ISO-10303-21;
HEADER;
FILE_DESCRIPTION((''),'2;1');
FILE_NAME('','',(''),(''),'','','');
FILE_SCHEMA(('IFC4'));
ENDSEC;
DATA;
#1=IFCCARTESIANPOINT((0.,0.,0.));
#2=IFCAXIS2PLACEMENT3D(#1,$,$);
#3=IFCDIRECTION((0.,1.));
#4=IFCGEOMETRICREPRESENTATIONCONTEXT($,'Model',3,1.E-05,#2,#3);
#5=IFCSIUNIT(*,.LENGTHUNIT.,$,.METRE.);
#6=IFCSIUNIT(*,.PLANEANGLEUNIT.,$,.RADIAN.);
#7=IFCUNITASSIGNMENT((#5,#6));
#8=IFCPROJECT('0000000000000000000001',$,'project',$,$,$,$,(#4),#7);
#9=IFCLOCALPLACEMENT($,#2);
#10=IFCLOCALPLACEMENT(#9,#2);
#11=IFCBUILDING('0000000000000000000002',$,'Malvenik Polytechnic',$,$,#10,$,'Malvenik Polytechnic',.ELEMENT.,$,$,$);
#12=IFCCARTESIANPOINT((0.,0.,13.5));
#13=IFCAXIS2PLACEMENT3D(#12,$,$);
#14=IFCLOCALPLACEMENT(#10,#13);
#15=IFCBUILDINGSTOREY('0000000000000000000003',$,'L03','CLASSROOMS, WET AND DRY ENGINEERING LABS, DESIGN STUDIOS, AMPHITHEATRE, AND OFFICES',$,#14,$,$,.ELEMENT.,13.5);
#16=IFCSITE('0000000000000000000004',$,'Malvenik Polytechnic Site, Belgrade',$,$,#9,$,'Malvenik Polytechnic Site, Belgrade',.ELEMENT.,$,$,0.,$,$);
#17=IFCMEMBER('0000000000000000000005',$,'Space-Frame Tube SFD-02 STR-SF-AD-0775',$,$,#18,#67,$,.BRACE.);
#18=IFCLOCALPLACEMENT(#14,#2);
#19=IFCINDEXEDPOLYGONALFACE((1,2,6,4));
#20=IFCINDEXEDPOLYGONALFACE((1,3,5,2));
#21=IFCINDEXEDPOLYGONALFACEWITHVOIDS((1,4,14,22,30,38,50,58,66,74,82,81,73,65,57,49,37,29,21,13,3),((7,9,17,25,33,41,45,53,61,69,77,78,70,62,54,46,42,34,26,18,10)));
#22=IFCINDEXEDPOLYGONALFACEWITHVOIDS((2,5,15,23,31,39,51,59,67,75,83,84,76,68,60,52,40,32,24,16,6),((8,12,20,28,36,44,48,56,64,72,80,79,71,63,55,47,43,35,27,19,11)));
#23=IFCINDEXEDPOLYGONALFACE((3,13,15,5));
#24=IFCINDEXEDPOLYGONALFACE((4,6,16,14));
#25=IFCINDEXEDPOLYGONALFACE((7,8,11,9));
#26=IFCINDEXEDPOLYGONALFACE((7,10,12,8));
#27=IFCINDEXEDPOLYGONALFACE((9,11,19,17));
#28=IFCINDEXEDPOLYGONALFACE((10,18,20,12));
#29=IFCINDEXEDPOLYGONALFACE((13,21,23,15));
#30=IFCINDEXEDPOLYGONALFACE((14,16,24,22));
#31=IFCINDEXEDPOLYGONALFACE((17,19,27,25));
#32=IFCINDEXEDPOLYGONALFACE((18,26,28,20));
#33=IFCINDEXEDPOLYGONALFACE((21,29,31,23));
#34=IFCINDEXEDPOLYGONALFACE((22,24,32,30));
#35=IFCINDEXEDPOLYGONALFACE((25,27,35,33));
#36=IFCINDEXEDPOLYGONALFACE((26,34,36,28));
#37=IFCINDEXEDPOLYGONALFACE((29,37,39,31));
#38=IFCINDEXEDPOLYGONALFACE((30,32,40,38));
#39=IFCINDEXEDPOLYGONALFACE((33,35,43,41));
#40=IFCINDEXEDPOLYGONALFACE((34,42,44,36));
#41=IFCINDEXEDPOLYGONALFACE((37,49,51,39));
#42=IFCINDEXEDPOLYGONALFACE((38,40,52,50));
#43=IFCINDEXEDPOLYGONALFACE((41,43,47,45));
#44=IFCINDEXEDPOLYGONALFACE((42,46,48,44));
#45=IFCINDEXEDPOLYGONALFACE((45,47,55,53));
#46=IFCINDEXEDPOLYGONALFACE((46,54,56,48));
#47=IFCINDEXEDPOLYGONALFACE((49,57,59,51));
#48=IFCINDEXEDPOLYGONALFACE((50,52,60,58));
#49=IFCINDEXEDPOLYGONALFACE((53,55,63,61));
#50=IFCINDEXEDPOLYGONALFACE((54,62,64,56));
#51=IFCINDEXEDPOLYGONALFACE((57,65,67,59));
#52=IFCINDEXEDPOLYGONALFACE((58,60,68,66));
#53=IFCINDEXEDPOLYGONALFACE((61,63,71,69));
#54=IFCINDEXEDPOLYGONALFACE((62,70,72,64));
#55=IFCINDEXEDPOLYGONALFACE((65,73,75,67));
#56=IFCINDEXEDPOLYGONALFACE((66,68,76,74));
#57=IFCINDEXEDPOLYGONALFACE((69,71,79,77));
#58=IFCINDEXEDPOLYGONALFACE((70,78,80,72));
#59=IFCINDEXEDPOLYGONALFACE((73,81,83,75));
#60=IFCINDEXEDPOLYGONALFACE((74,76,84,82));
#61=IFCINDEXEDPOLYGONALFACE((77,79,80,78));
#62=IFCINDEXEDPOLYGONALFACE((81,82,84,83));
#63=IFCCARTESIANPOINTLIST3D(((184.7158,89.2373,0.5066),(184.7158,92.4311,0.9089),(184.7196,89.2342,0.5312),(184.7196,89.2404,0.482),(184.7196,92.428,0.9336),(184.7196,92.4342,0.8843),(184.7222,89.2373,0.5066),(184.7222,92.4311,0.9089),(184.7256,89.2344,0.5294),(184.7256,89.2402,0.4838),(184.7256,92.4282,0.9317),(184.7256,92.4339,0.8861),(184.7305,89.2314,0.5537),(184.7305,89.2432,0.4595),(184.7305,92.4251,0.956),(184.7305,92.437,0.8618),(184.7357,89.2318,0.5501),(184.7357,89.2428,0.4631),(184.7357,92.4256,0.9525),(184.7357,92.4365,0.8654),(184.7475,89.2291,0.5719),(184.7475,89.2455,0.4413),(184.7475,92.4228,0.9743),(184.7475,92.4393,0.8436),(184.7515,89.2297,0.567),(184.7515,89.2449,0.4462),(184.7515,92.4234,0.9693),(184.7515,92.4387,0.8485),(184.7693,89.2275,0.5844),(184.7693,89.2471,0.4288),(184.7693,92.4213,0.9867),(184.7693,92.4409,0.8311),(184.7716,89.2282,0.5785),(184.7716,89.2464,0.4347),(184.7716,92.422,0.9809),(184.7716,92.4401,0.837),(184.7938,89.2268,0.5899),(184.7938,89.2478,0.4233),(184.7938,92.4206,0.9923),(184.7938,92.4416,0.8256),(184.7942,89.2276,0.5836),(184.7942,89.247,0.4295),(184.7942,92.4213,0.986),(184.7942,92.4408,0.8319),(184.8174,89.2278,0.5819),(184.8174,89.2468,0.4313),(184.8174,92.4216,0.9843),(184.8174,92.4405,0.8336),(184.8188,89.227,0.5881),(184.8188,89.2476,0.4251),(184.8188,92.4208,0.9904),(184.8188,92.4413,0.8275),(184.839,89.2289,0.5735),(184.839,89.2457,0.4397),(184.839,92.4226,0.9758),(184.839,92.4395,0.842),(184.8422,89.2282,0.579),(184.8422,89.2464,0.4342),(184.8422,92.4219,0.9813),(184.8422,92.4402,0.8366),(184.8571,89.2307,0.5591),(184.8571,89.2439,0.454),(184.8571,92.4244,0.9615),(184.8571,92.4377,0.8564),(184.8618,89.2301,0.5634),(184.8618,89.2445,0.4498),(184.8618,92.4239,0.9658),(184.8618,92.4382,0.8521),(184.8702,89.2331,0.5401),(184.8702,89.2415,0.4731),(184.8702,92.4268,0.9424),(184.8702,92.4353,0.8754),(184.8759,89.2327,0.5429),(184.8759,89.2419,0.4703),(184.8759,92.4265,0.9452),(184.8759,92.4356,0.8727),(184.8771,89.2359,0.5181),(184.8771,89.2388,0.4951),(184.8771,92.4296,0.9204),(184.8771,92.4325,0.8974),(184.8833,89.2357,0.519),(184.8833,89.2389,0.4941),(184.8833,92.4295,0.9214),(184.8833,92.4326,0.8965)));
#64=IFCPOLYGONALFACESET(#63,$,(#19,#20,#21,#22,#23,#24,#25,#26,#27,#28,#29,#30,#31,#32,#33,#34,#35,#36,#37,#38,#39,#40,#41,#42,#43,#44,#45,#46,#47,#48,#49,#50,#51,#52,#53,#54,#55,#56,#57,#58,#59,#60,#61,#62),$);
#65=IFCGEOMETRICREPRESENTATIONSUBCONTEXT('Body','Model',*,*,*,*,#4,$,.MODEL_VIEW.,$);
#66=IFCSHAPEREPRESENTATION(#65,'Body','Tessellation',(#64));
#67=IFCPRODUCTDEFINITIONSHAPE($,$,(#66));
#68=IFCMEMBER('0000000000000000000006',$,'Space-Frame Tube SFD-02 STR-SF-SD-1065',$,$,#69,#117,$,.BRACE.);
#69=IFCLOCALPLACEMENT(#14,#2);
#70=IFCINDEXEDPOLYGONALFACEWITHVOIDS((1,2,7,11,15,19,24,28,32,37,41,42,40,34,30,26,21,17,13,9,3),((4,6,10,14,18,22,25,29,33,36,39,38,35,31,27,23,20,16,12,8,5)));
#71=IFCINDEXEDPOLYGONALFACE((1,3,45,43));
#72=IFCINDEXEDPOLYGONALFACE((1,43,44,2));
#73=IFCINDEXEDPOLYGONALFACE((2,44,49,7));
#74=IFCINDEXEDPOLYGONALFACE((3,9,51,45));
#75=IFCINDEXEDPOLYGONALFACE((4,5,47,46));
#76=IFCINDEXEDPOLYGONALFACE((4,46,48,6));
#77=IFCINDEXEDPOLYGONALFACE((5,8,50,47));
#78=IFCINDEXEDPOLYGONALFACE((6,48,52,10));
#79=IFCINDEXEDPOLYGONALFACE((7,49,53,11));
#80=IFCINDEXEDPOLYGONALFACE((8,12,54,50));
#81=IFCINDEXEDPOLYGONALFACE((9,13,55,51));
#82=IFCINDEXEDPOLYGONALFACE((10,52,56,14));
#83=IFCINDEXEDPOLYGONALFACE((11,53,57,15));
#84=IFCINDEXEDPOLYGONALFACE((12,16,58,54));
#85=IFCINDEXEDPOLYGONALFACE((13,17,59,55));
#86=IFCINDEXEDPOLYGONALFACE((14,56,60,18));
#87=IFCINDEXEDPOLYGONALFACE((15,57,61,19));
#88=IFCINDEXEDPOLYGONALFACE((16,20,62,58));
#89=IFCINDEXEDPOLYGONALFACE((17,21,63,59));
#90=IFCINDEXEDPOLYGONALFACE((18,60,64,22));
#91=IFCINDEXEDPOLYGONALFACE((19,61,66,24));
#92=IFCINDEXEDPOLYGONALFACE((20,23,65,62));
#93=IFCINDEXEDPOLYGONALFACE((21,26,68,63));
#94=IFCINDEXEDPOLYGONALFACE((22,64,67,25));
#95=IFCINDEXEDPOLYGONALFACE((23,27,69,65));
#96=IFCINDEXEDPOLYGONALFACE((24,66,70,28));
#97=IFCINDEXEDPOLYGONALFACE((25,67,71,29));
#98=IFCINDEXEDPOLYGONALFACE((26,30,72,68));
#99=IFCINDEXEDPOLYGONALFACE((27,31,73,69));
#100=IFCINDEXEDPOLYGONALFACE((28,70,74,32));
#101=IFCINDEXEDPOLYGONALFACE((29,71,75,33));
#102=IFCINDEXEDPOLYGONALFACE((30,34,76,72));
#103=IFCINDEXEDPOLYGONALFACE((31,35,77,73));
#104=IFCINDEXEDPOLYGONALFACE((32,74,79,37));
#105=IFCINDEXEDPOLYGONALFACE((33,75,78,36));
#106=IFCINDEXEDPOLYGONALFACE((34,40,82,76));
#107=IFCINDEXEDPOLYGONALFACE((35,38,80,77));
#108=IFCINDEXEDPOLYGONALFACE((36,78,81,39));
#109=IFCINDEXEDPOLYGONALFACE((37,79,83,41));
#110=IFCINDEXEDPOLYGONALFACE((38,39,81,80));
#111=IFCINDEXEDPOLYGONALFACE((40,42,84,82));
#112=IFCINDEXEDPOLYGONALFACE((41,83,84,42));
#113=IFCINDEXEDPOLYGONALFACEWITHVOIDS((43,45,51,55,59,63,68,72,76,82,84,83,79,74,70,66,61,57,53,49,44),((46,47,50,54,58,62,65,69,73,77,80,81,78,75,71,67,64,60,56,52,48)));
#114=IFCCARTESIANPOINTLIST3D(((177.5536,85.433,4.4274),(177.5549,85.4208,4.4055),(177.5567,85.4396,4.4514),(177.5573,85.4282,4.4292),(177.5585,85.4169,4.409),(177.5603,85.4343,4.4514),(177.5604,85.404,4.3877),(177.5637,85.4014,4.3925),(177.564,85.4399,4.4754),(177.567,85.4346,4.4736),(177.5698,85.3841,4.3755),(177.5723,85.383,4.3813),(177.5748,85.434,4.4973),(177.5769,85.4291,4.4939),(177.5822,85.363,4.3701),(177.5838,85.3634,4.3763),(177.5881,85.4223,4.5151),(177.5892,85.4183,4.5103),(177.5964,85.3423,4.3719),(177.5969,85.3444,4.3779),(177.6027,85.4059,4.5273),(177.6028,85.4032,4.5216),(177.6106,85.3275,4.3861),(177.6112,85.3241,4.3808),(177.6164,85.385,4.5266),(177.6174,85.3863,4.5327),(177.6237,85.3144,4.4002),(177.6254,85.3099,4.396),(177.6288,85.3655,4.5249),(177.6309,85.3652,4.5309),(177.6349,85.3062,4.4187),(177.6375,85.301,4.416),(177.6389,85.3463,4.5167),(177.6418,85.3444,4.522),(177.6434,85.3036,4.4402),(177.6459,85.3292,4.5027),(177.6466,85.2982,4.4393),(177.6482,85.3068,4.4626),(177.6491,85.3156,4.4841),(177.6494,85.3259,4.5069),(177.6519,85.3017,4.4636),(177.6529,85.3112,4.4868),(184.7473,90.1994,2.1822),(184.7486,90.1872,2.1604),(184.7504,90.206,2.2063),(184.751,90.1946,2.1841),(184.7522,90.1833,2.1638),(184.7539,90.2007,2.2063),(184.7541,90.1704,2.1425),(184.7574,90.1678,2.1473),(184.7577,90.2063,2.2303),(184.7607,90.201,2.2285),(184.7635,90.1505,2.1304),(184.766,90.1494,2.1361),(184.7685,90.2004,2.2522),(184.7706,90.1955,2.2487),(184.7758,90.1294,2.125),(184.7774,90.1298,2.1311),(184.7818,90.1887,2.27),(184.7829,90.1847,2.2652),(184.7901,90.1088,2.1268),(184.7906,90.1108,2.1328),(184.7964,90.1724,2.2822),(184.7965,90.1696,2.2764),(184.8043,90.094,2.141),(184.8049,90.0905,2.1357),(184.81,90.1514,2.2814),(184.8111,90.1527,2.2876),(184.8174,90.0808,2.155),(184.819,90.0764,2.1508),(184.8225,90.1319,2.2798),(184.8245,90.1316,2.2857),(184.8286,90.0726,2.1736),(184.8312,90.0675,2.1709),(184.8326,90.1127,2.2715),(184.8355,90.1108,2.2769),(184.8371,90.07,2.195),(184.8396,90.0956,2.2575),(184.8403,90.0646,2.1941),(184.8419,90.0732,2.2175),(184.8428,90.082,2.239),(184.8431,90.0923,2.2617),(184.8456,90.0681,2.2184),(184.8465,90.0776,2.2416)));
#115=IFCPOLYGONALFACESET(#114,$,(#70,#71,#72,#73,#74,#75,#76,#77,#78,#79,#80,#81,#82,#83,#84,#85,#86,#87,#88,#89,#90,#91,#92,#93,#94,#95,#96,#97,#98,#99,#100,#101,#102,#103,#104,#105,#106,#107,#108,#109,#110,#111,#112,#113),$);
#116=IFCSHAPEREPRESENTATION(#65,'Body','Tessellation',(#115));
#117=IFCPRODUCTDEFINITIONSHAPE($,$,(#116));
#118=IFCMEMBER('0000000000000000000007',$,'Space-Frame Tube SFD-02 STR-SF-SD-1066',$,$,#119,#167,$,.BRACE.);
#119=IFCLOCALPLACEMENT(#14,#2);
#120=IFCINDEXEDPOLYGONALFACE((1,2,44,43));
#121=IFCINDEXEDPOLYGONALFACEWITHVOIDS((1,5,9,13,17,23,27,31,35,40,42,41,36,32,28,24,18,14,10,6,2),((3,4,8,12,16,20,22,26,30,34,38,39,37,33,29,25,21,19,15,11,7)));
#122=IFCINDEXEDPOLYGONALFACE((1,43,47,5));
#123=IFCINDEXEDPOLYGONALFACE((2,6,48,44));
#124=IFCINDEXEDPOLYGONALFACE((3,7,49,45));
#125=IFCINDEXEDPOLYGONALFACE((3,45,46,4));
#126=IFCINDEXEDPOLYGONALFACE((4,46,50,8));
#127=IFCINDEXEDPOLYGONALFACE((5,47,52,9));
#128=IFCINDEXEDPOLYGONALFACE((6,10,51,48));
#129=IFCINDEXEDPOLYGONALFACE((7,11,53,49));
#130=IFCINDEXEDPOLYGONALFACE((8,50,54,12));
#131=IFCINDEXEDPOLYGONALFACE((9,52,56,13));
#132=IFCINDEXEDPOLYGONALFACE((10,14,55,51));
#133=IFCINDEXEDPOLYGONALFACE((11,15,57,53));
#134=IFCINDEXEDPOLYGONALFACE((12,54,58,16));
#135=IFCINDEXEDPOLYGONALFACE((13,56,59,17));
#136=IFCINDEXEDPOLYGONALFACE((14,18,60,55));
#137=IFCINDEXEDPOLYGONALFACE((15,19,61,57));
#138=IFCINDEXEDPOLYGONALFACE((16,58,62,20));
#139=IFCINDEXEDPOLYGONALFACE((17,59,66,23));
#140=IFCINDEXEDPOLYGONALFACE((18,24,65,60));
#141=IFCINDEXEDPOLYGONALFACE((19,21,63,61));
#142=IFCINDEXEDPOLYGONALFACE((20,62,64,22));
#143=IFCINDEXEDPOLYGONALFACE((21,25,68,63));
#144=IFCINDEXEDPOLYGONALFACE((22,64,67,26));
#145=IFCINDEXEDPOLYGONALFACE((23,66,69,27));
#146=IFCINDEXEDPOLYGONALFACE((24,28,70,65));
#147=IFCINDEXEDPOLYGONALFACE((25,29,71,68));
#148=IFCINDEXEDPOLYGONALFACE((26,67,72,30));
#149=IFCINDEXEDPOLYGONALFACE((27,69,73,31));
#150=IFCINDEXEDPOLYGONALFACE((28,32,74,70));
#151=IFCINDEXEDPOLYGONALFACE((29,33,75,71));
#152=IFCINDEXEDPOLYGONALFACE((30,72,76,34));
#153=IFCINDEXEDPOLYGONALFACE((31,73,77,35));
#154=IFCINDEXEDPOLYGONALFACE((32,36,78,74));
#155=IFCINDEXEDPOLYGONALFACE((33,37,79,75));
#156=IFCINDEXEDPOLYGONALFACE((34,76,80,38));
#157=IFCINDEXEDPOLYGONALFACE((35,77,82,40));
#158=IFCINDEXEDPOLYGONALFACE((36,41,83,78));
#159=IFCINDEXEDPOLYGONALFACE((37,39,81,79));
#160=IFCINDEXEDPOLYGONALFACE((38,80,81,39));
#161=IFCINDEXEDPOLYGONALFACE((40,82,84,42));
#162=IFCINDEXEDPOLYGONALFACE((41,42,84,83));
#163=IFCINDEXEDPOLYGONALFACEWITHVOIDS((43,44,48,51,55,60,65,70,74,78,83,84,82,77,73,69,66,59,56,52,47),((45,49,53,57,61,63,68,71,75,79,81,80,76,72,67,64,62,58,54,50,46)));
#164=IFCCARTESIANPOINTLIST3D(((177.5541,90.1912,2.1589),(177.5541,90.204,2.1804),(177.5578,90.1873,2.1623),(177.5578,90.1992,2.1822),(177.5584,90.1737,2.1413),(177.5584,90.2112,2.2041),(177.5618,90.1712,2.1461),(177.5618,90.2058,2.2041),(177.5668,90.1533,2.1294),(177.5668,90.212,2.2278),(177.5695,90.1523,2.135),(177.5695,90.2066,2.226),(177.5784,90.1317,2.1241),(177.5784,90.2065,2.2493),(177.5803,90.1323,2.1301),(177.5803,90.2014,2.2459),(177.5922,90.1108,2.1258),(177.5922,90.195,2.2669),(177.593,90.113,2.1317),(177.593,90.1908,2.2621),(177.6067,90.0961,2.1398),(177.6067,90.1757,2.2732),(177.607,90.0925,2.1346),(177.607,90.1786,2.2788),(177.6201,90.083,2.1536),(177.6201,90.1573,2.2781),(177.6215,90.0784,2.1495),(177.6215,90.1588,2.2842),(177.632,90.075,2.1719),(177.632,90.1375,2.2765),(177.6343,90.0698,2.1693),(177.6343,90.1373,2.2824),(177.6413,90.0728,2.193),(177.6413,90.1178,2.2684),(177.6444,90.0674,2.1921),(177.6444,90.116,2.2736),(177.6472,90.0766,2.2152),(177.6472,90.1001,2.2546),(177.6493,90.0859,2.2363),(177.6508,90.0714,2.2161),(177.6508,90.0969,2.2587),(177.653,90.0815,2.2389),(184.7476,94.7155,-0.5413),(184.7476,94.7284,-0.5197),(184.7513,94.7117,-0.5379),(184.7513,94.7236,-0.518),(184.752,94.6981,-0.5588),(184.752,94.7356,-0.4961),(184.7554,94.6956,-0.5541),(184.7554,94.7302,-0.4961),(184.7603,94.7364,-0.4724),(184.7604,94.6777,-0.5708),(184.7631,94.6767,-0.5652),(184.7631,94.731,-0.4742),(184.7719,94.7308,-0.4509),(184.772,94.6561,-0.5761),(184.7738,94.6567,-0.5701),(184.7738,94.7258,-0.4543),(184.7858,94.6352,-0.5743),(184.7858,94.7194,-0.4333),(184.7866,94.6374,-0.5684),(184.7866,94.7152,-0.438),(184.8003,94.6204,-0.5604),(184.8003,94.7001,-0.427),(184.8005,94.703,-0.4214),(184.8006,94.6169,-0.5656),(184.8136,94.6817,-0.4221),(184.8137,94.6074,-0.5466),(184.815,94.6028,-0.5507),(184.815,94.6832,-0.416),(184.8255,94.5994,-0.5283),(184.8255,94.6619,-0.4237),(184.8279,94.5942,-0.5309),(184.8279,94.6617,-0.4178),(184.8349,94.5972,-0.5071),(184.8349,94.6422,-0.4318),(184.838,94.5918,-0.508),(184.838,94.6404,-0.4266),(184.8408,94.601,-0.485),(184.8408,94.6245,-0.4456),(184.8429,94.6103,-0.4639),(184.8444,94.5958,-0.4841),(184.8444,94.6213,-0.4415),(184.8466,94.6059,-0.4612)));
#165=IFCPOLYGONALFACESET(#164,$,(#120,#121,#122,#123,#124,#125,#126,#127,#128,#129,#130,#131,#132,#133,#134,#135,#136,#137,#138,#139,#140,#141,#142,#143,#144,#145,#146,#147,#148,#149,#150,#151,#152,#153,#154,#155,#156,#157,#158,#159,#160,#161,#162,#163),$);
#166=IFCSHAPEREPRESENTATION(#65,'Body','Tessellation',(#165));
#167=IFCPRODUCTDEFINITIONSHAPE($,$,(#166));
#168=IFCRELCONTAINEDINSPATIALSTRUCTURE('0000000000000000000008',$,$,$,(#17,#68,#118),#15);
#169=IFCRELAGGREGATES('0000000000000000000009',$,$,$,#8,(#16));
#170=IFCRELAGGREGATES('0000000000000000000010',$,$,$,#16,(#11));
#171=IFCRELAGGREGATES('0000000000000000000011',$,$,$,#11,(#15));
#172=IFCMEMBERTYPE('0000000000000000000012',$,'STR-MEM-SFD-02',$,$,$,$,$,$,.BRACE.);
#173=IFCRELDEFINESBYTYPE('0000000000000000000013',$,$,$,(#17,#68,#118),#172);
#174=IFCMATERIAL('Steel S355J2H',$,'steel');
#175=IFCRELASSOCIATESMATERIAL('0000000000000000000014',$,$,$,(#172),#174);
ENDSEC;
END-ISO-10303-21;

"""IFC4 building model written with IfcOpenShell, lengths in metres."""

from ifc_helpers import new_model, si_unit, direction, frame, origin, origin_2d, place, context, subcontext, project, spatial, hollow_circle, extrude, material, material_profile, profile_set, type_object, element, save


model = new_model("IFC4")

# Units and contexts
model_context = context("Model", 3, precision=1e-05, world=origin(), true_north=direction((0.0, 1.0)))
body_context = subcontext(model_context, "Body", "Model", "MODEL_VIEW")
ifc_project = project(units=[si_unit("LENGTHUNIT", "METRE"), si_unit("PLANEANGLEUNIT", "RADIAN")], contexts=[model_context])

# Site, building, storey
site_placement = place(None, origin())
site = spatial("IfcSite", under=ifc_project, at=site_placement, Name="Malvenik Polytechnic Site, Belgrade", LongName="Malvenik Polytechnic Site, Belgrade", CompositionType="ELEMENT", RefElevation=0.0)
building_placement = place(site_placement, origin())
building = spatial("IfcBuilding", under=site, at=building_placement, Name="Malvenik Polytechnic", LongName="Malvenik Polytechnic", CompositionType="ELEMENT")
storey_placement = place(building_placement, frame((0.0, 0.0, 13.5)))
storey = spatial("IfcBuildingStorey", under=building, at=storey_placement, Name="L03", Description="CLASSROOMS, WET AND DRY ENGINEERING LABS, DESIGN STUDIOS, AMPHITHEATRE, AND OFFICES", CompositionType="ELEMENT", Elevation=13.5)

# Members
ifc_material_1 = material(Name="Steel S355J2H", Category="steel")
ifc_material_profile_1 = material_profile(ifc_material_1, hollow_circle(Radius=0.0842, WallThickness=0.0063, at=origin_2d()), Name="CHS 168.3x6.3")
ifc_profile_set_1 = profile_set([ifc_material_profile_1], Name="Steel S355J2H")
member_type_1 = type_object("IfcMemberType", Name="STR-MEM-SFD-02", PredefinedType="BRACE", material=ifc_profile_set_1)
member_1_placement = place(storey_placement, frame((184.8, 89.2373, 0.5066), z_axis=(0.0, 0.992158, 0.124987), x_axis=(-1.0, 0.0, 0.0)))
element("IfcMember", 1, at=member_1_placement, inside=storey, type_object=member_type_1, Name="Space-Frame Tube SFD-02 STR-SF-AD-0775", PredefinedType="BRACE", context=body_context, shape_type="SweptSolid", body=[
    extrude(hollow_circle(Radius=0.0842, WallThickness=0.0063, at=origin_2d()), origin(), (0.0, 0.0, 1.0), 3.219),
])
for number, where, z_axis, x_axis, name in (
    (2, (177.6033, 85.3694, 4.4514), (0.806761, 0.534546, -0.251789), (-0.552341, 0.833618, 0.0), "Space-Frame Tube SFD-02 STR-SF-SD-1065"),
    (3, (177.6033, 90.1399, 2.2041), (0.806747, 0.507403, -0.302821), (-0.532401, 0.846492, 0.0), "Space-Frame Tube SFD-02 STR-SF-SD-1066"),
):
    element("IfcMember", number, at=place(storey_placement, frame(where, z_axis=z_axis, x_axis=x_axis)), inside=storey, type_object=member_type_1, Name=name, PredefinedType="BRACE", context=body_context, shape_type="SweptSolid", body=[
        extrude(hollow_circle(Radius=0.0842, WallThickness=0.0063, at=origin_2d()), origin(), (0.0, 0.0, 1.0), 8.9167),
    ])

save(model, "model.ifc")
